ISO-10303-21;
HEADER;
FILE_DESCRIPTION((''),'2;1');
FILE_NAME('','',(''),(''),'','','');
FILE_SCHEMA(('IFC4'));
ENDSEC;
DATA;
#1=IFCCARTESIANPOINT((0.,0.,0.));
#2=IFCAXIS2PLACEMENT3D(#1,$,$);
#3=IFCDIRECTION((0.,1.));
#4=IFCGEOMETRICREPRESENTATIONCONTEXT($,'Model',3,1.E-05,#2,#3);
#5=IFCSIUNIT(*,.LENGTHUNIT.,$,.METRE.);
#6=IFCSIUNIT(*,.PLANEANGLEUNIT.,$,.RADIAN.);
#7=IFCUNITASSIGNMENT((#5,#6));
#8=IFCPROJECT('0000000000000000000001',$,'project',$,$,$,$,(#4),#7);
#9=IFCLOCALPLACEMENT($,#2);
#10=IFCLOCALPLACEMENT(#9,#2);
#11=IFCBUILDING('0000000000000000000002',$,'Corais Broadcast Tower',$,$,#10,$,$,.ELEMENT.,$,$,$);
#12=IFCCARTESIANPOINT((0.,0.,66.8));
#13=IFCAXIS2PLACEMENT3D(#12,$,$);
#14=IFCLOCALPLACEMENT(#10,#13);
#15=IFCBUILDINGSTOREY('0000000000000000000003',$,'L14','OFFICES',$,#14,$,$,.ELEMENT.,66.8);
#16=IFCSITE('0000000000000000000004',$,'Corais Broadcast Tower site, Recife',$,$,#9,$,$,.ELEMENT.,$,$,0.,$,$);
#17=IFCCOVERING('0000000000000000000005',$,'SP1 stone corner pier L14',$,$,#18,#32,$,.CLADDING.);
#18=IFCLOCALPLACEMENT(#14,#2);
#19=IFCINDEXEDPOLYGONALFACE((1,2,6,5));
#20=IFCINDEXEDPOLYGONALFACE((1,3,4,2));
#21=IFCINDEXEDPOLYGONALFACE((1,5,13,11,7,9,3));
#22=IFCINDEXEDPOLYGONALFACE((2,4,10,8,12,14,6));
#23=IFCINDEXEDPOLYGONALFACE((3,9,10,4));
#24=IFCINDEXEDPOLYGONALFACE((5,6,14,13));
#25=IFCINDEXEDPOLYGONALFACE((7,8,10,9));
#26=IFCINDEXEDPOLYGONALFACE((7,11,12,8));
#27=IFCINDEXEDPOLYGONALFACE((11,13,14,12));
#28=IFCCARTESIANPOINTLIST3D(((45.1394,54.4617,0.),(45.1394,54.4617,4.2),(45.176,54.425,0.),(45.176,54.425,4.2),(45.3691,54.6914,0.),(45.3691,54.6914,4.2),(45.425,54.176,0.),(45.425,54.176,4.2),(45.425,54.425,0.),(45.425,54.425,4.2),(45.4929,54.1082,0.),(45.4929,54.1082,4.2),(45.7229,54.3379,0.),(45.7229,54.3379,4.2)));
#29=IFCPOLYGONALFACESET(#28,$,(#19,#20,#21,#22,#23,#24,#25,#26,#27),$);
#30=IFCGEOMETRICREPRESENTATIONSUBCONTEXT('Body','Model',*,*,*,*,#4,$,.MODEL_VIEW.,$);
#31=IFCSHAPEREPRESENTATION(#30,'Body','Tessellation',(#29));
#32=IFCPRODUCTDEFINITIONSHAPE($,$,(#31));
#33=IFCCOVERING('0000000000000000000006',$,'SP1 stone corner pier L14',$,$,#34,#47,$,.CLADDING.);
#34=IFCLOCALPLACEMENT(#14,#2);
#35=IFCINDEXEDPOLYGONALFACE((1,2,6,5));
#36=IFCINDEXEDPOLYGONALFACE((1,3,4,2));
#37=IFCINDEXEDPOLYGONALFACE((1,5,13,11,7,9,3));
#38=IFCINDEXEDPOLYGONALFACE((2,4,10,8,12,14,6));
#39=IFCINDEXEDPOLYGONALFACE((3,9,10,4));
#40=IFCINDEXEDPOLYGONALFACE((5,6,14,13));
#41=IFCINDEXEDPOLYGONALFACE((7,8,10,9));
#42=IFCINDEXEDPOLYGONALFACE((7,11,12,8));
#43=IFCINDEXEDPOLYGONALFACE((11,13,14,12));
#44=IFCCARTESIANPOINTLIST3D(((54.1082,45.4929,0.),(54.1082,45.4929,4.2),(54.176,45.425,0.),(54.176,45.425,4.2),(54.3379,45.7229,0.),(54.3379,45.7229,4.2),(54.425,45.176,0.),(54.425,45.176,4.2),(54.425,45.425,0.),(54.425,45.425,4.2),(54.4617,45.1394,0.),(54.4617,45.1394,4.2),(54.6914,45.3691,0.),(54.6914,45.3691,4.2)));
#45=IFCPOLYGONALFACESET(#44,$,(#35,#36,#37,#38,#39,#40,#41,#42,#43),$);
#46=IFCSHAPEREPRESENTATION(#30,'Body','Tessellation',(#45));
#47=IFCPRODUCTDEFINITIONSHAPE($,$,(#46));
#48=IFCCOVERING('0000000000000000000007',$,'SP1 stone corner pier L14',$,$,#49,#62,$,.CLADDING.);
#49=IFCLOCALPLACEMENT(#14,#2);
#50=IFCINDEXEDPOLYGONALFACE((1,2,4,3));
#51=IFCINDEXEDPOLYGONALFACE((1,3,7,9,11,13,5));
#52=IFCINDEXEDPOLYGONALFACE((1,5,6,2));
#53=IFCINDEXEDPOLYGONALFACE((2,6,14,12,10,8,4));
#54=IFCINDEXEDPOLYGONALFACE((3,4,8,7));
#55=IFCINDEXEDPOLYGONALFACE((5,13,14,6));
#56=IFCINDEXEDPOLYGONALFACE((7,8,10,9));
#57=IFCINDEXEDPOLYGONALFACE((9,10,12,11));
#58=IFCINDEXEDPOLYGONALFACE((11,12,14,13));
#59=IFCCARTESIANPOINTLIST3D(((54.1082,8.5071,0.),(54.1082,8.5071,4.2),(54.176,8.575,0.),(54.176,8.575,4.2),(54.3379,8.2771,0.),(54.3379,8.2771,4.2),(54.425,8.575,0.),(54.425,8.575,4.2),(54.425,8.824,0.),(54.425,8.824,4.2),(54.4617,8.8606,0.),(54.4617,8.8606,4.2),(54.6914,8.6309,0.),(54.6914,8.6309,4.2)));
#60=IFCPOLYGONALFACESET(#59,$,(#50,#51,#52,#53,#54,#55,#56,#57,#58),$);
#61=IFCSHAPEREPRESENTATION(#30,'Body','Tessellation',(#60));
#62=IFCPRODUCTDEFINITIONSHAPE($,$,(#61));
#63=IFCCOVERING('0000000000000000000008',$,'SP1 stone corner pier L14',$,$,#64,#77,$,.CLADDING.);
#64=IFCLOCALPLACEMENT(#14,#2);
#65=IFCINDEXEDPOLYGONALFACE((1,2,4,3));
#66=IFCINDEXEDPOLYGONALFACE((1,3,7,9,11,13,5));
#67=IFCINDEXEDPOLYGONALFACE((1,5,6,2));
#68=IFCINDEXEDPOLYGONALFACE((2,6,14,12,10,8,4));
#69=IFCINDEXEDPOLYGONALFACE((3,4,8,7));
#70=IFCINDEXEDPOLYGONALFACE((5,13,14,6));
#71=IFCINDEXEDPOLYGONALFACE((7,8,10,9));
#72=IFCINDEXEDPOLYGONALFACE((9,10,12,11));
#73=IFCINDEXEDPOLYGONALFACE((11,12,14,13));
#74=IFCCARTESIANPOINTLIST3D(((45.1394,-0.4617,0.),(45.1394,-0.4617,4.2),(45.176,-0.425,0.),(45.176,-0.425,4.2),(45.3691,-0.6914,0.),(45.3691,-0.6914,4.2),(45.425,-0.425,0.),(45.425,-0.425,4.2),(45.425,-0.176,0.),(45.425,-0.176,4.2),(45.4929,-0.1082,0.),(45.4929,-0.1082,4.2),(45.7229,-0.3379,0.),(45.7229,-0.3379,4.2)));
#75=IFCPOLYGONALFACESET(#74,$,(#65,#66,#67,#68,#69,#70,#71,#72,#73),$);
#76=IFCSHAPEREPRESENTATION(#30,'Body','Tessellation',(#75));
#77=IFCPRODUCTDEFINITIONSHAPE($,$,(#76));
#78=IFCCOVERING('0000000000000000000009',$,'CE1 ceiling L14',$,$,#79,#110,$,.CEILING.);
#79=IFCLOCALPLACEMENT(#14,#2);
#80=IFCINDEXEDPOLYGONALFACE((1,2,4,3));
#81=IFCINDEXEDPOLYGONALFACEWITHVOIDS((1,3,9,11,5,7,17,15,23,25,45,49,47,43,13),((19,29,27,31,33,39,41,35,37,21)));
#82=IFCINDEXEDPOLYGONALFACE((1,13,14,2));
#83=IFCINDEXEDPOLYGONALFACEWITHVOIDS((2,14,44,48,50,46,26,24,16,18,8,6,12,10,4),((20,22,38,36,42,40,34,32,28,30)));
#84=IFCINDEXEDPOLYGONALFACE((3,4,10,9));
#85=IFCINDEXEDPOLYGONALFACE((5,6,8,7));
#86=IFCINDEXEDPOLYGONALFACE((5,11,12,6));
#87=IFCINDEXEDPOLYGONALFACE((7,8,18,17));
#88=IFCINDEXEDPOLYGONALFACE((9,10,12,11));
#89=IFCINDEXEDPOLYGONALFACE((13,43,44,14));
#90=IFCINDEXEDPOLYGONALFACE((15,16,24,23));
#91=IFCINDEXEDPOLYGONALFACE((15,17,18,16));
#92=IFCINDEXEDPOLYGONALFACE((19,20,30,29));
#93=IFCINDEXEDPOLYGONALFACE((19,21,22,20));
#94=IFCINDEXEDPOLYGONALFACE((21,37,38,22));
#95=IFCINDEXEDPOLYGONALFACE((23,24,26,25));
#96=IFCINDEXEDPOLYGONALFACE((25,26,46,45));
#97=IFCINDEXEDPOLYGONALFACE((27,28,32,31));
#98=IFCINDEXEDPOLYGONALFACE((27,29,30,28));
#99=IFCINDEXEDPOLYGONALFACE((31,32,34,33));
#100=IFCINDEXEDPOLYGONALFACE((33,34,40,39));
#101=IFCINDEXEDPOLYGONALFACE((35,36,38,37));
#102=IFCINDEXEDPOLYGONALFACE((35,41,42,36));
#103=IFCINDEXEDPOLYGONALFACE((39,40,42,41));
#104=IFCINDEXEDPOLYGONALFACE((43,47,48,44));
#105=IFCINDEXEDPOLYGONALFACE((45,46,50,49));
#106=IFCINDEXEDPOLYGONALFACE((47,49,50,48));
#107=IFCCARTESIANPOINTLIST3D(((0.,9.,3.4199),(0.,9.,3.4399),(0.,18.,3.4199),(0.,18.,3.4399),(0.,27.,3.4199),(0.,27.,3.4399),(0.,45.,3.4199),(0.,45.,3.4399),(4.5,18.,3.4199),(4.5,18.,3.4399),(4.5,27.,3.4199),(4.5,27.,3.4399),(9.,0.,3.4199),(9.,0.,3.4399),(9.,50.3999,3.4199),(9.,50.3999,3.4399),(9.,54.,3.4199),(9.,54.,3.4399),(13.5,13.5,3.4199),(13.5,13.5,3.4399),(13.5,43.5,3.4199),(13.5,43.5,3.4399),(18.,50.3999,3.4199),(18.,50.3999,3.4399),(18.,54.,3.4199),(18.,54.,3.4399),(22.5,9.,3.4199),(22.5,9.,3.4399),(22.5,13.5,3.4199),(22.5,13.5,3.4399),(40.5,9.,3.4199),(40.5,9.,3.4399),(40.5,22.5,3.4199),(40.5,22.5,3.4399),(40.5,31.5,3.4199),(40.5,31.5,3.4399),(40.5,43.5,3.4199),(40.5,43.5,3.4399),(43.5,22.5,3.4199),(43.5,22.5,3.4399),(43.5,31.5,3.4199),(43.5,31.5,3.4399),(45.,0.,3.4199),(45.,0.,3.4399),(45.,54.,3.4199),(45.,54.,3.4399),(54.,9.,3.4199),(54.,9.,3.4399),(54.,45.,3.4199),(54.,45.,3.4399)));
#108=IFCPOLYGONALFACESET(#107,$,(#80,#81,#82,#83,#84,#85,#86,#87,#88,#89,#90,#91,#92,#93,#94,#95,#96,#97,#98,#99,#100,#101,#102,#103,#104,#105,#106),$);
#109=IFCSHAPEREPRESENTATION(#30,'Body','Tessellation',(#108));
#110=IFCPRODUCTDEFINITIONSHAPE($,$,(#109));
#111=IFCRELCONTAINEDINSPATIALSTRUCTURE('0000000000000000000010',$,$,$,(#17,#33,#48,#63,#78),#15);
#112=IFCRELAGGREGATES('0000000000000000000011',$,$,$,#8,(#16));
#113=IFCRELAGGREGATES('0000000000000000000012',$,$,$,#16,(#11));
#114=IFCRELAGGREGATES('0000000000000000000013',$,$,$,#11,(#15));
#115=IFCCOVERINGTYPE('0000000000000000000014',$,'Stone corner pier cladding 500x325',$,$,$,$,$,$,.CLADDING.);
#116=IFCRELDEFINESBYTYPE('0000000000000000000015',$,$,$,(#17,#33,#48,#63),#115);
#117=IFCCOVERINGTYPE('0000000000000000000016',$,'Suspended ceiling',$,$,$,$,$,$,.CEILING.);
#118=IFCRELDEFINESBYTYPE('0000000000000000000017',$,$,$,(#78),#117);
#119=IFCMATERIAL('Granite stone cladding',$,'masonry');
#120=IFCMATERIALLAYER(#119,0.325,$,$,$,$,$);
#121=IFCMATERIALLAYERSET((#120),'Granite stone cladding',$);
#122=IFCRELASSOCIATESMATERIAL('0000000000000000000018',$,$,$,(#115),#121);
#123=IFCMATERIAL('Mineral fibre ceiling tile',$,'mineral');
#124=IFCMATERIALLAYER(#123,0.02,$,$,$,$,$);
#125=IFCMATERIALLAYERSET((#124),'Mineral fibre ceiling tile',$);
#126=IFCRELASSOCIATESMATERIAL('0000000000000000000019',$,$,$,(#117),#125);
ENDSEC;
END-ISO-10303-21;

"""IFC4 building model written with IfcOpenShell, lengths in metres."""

from ifc_helpers import new_model, si_unit, direction, frame, origin, place, context, subcontext, project, spatial, polyline, outline, extrude, material, layer, layer_set, type_object, element, save


model = new_model("IFC4")

# Units and contexts
model_context = context("Model", 3, precision=1e-05, world=origin(), true_north=direction((0.0, 1.0)))
body_context = subcontext(model_context, "Body", "Model", "MODEL_VIEW")
ifc_project = project(units=[si_unit("LENGTHUNIT", "METRE"), si_unit("PLANEANGLEUNIT", "RADIAN")], contexts=[model_context])

# Site, building, storey
site_placement = place(None, origin())
site = spatial("IfcSite", under=ifc_project, at=site_placement, Name="Corais Broadcast Tower site, Recife", CompositionType="ELEMENT", RefElevation=0.0)
building_placement = place(site_placement, origin())
building = spatial("IfcBuilding", under=site, at=building_placement, Name="Corais Broadcast Tower", CompositionType="ELEMENT")
storey_placement = place(building_placement, frame((0.0, 0.0, 66.8)))
storey = spatial("IfcBuildingStorey", under=building, at=storey_placement, Name="L14", Description="OFFICES", CompositionType="ELEMENT", Elevation=66.8)

# Coverings
ifc_material_1 = material(Name="Granite stone cladding", Category="masonry")
ifc_layer_1 = layer(ifc_material_1, 0.325)
ifc_layer_set_1 = layer_set([ifc_layer_1], Name="Granite stone cladding")
covering_type_1 = type_object("IfcCoveringType", Name="Stone corner pier cladding 500x325", PredefinedType="CLADDING", material=ifc_layer_set_1)
covering_1_placement = place(storey_placement, origin())
element("IfcCovering", 1, at=covering_1_placement, inside=storey, type_object=covering_type_1, Name="SP1 stone corner pier L14", PredefinedType="CLADDING", context=body_context, shape_type="SweptSolid", body=[
    extrude(outline(polyline([(45.1394, 54.4617), (45.176, 54.425), (45.425, 54.425), (45.425, 54.176), (45.4929, 54.1082), (45.7229, 54.3379), (45.3691, 54.6914), (45.1394, 54.4617)])), origin(), (0.0, 0.0, 1.0), 4.2),
])
covering_2_placement = place(storey_placement, origin())
element("IfcCovering", 2, at=covering_2_placement, inside=storey, type_object=covering_type_1, Name="SP1 stone corner pier L14", PredefinedType="CLADDING", context=body_context, shape_type="SweptSolid", body=[
    extrude(outline(polyline([(54.425, 45.176), (54.4617, 45.1394), (54.6914, 45.3691), (54.3379, 45.7229), (54.1082, 45.4929), (54.176, 45.425), (54.425, 45.425), (54.425, 45.176)])), origin(), (0.0, 0.0, 1.0), 4.2),
])
covering_3_placement = place(storey_placement, origin())
element("IfcCovering", 3, at=covering_3_placement, inside=storey, type_object=covering_type_1, Name="SP1 stone corner pier L14", PredefinedType="CLADDING", context=body_context, shape_type="SweptSolid", body=[
    extrude(outline(polyline([(54.4617, 8.8606), (54.425, 8.824), (54.425, 8.575), (54.176, 8.575), (54.1082, 8.5071), (54.3379, 8.2771), (54.6914, 8.6309), (54.4617, 8.8606)])), origin(), (0.0, 0.0, 1.0), 4.2),
])
covering_4_placement = place(storey_placement, origin())
element("IfcCovering", 4, at=covering_4_placement, inside=storey, type_object=covering_type_1, Name="SP1 stone corner pier L14", PredefinedType="CLADDING", context=body_context, shape_type="SweptSolid", body=[
    extrude(outline(polyline([(45.176, -0.425), (45.1394, -0.4617), (45.3691, -0.6914), (45.7229, -0.3379), (45.4929, -0.1082), (45.425, -0.176), (45.425, -0.425), (45.176, -0.425)])), origin(), (0.0, 0.0, 1.0), 4.2),
])
ifc_material_2 = material(Name="Mineral fibre ceiling tile", Category="mineral")
ifc_layer_2 = layer(ifc_material_2, 0.02)
ifc_layer_set_2 = layer_set([ifc_layer_2], Name="Mineral fibre ceiling tile")
covering_type_2 = type_object("IfcCoveringType", Name="Suspended ceiling", PredefinedType="CEILING", material=ifc_layer_set_2)
covering_5_placement = place(storey_placement, frame((0.0, 0.0, 3.4199)))
element("IfcCovering", 5, at=covering_5_placement, inside=storey, type_object=covering_type_2, Name="CE1 ceiling L14", PredefinedType="CEILING", context=body_context, shape_type="SweptSolid", body=[
    extrude(outline(polyline([(9.0, 0.0), (0.0, 9.0), (0.0, 18.0), (4.5, 18.0), (4.5, 27.0), (0.0, 27.0), (0.0, 45.0), (9.0, 54.0), (9.0, 50.3999), (18.0, 50.3999), (18.0, 54.0), (45.0, 54.0), (54.0, 45.0), (54.0, 9.0), (45.0, 0.0), (9.0, 0.0)]), holes=[polyline([(22.5, 13.5), (22.5, 9.0), (40.5, 9.0), (40.5, 22.5), (43.5, 22.5), (43.5, 31.5), (40.5, 31.5), (40.5, 43.5), (13.5, 43.5), (13.5, 13.5), (22.5, 13.5)])]), origin(), (0.0, 0.0, 1.0), 0.02),
])

save(model, "model.ifc")
